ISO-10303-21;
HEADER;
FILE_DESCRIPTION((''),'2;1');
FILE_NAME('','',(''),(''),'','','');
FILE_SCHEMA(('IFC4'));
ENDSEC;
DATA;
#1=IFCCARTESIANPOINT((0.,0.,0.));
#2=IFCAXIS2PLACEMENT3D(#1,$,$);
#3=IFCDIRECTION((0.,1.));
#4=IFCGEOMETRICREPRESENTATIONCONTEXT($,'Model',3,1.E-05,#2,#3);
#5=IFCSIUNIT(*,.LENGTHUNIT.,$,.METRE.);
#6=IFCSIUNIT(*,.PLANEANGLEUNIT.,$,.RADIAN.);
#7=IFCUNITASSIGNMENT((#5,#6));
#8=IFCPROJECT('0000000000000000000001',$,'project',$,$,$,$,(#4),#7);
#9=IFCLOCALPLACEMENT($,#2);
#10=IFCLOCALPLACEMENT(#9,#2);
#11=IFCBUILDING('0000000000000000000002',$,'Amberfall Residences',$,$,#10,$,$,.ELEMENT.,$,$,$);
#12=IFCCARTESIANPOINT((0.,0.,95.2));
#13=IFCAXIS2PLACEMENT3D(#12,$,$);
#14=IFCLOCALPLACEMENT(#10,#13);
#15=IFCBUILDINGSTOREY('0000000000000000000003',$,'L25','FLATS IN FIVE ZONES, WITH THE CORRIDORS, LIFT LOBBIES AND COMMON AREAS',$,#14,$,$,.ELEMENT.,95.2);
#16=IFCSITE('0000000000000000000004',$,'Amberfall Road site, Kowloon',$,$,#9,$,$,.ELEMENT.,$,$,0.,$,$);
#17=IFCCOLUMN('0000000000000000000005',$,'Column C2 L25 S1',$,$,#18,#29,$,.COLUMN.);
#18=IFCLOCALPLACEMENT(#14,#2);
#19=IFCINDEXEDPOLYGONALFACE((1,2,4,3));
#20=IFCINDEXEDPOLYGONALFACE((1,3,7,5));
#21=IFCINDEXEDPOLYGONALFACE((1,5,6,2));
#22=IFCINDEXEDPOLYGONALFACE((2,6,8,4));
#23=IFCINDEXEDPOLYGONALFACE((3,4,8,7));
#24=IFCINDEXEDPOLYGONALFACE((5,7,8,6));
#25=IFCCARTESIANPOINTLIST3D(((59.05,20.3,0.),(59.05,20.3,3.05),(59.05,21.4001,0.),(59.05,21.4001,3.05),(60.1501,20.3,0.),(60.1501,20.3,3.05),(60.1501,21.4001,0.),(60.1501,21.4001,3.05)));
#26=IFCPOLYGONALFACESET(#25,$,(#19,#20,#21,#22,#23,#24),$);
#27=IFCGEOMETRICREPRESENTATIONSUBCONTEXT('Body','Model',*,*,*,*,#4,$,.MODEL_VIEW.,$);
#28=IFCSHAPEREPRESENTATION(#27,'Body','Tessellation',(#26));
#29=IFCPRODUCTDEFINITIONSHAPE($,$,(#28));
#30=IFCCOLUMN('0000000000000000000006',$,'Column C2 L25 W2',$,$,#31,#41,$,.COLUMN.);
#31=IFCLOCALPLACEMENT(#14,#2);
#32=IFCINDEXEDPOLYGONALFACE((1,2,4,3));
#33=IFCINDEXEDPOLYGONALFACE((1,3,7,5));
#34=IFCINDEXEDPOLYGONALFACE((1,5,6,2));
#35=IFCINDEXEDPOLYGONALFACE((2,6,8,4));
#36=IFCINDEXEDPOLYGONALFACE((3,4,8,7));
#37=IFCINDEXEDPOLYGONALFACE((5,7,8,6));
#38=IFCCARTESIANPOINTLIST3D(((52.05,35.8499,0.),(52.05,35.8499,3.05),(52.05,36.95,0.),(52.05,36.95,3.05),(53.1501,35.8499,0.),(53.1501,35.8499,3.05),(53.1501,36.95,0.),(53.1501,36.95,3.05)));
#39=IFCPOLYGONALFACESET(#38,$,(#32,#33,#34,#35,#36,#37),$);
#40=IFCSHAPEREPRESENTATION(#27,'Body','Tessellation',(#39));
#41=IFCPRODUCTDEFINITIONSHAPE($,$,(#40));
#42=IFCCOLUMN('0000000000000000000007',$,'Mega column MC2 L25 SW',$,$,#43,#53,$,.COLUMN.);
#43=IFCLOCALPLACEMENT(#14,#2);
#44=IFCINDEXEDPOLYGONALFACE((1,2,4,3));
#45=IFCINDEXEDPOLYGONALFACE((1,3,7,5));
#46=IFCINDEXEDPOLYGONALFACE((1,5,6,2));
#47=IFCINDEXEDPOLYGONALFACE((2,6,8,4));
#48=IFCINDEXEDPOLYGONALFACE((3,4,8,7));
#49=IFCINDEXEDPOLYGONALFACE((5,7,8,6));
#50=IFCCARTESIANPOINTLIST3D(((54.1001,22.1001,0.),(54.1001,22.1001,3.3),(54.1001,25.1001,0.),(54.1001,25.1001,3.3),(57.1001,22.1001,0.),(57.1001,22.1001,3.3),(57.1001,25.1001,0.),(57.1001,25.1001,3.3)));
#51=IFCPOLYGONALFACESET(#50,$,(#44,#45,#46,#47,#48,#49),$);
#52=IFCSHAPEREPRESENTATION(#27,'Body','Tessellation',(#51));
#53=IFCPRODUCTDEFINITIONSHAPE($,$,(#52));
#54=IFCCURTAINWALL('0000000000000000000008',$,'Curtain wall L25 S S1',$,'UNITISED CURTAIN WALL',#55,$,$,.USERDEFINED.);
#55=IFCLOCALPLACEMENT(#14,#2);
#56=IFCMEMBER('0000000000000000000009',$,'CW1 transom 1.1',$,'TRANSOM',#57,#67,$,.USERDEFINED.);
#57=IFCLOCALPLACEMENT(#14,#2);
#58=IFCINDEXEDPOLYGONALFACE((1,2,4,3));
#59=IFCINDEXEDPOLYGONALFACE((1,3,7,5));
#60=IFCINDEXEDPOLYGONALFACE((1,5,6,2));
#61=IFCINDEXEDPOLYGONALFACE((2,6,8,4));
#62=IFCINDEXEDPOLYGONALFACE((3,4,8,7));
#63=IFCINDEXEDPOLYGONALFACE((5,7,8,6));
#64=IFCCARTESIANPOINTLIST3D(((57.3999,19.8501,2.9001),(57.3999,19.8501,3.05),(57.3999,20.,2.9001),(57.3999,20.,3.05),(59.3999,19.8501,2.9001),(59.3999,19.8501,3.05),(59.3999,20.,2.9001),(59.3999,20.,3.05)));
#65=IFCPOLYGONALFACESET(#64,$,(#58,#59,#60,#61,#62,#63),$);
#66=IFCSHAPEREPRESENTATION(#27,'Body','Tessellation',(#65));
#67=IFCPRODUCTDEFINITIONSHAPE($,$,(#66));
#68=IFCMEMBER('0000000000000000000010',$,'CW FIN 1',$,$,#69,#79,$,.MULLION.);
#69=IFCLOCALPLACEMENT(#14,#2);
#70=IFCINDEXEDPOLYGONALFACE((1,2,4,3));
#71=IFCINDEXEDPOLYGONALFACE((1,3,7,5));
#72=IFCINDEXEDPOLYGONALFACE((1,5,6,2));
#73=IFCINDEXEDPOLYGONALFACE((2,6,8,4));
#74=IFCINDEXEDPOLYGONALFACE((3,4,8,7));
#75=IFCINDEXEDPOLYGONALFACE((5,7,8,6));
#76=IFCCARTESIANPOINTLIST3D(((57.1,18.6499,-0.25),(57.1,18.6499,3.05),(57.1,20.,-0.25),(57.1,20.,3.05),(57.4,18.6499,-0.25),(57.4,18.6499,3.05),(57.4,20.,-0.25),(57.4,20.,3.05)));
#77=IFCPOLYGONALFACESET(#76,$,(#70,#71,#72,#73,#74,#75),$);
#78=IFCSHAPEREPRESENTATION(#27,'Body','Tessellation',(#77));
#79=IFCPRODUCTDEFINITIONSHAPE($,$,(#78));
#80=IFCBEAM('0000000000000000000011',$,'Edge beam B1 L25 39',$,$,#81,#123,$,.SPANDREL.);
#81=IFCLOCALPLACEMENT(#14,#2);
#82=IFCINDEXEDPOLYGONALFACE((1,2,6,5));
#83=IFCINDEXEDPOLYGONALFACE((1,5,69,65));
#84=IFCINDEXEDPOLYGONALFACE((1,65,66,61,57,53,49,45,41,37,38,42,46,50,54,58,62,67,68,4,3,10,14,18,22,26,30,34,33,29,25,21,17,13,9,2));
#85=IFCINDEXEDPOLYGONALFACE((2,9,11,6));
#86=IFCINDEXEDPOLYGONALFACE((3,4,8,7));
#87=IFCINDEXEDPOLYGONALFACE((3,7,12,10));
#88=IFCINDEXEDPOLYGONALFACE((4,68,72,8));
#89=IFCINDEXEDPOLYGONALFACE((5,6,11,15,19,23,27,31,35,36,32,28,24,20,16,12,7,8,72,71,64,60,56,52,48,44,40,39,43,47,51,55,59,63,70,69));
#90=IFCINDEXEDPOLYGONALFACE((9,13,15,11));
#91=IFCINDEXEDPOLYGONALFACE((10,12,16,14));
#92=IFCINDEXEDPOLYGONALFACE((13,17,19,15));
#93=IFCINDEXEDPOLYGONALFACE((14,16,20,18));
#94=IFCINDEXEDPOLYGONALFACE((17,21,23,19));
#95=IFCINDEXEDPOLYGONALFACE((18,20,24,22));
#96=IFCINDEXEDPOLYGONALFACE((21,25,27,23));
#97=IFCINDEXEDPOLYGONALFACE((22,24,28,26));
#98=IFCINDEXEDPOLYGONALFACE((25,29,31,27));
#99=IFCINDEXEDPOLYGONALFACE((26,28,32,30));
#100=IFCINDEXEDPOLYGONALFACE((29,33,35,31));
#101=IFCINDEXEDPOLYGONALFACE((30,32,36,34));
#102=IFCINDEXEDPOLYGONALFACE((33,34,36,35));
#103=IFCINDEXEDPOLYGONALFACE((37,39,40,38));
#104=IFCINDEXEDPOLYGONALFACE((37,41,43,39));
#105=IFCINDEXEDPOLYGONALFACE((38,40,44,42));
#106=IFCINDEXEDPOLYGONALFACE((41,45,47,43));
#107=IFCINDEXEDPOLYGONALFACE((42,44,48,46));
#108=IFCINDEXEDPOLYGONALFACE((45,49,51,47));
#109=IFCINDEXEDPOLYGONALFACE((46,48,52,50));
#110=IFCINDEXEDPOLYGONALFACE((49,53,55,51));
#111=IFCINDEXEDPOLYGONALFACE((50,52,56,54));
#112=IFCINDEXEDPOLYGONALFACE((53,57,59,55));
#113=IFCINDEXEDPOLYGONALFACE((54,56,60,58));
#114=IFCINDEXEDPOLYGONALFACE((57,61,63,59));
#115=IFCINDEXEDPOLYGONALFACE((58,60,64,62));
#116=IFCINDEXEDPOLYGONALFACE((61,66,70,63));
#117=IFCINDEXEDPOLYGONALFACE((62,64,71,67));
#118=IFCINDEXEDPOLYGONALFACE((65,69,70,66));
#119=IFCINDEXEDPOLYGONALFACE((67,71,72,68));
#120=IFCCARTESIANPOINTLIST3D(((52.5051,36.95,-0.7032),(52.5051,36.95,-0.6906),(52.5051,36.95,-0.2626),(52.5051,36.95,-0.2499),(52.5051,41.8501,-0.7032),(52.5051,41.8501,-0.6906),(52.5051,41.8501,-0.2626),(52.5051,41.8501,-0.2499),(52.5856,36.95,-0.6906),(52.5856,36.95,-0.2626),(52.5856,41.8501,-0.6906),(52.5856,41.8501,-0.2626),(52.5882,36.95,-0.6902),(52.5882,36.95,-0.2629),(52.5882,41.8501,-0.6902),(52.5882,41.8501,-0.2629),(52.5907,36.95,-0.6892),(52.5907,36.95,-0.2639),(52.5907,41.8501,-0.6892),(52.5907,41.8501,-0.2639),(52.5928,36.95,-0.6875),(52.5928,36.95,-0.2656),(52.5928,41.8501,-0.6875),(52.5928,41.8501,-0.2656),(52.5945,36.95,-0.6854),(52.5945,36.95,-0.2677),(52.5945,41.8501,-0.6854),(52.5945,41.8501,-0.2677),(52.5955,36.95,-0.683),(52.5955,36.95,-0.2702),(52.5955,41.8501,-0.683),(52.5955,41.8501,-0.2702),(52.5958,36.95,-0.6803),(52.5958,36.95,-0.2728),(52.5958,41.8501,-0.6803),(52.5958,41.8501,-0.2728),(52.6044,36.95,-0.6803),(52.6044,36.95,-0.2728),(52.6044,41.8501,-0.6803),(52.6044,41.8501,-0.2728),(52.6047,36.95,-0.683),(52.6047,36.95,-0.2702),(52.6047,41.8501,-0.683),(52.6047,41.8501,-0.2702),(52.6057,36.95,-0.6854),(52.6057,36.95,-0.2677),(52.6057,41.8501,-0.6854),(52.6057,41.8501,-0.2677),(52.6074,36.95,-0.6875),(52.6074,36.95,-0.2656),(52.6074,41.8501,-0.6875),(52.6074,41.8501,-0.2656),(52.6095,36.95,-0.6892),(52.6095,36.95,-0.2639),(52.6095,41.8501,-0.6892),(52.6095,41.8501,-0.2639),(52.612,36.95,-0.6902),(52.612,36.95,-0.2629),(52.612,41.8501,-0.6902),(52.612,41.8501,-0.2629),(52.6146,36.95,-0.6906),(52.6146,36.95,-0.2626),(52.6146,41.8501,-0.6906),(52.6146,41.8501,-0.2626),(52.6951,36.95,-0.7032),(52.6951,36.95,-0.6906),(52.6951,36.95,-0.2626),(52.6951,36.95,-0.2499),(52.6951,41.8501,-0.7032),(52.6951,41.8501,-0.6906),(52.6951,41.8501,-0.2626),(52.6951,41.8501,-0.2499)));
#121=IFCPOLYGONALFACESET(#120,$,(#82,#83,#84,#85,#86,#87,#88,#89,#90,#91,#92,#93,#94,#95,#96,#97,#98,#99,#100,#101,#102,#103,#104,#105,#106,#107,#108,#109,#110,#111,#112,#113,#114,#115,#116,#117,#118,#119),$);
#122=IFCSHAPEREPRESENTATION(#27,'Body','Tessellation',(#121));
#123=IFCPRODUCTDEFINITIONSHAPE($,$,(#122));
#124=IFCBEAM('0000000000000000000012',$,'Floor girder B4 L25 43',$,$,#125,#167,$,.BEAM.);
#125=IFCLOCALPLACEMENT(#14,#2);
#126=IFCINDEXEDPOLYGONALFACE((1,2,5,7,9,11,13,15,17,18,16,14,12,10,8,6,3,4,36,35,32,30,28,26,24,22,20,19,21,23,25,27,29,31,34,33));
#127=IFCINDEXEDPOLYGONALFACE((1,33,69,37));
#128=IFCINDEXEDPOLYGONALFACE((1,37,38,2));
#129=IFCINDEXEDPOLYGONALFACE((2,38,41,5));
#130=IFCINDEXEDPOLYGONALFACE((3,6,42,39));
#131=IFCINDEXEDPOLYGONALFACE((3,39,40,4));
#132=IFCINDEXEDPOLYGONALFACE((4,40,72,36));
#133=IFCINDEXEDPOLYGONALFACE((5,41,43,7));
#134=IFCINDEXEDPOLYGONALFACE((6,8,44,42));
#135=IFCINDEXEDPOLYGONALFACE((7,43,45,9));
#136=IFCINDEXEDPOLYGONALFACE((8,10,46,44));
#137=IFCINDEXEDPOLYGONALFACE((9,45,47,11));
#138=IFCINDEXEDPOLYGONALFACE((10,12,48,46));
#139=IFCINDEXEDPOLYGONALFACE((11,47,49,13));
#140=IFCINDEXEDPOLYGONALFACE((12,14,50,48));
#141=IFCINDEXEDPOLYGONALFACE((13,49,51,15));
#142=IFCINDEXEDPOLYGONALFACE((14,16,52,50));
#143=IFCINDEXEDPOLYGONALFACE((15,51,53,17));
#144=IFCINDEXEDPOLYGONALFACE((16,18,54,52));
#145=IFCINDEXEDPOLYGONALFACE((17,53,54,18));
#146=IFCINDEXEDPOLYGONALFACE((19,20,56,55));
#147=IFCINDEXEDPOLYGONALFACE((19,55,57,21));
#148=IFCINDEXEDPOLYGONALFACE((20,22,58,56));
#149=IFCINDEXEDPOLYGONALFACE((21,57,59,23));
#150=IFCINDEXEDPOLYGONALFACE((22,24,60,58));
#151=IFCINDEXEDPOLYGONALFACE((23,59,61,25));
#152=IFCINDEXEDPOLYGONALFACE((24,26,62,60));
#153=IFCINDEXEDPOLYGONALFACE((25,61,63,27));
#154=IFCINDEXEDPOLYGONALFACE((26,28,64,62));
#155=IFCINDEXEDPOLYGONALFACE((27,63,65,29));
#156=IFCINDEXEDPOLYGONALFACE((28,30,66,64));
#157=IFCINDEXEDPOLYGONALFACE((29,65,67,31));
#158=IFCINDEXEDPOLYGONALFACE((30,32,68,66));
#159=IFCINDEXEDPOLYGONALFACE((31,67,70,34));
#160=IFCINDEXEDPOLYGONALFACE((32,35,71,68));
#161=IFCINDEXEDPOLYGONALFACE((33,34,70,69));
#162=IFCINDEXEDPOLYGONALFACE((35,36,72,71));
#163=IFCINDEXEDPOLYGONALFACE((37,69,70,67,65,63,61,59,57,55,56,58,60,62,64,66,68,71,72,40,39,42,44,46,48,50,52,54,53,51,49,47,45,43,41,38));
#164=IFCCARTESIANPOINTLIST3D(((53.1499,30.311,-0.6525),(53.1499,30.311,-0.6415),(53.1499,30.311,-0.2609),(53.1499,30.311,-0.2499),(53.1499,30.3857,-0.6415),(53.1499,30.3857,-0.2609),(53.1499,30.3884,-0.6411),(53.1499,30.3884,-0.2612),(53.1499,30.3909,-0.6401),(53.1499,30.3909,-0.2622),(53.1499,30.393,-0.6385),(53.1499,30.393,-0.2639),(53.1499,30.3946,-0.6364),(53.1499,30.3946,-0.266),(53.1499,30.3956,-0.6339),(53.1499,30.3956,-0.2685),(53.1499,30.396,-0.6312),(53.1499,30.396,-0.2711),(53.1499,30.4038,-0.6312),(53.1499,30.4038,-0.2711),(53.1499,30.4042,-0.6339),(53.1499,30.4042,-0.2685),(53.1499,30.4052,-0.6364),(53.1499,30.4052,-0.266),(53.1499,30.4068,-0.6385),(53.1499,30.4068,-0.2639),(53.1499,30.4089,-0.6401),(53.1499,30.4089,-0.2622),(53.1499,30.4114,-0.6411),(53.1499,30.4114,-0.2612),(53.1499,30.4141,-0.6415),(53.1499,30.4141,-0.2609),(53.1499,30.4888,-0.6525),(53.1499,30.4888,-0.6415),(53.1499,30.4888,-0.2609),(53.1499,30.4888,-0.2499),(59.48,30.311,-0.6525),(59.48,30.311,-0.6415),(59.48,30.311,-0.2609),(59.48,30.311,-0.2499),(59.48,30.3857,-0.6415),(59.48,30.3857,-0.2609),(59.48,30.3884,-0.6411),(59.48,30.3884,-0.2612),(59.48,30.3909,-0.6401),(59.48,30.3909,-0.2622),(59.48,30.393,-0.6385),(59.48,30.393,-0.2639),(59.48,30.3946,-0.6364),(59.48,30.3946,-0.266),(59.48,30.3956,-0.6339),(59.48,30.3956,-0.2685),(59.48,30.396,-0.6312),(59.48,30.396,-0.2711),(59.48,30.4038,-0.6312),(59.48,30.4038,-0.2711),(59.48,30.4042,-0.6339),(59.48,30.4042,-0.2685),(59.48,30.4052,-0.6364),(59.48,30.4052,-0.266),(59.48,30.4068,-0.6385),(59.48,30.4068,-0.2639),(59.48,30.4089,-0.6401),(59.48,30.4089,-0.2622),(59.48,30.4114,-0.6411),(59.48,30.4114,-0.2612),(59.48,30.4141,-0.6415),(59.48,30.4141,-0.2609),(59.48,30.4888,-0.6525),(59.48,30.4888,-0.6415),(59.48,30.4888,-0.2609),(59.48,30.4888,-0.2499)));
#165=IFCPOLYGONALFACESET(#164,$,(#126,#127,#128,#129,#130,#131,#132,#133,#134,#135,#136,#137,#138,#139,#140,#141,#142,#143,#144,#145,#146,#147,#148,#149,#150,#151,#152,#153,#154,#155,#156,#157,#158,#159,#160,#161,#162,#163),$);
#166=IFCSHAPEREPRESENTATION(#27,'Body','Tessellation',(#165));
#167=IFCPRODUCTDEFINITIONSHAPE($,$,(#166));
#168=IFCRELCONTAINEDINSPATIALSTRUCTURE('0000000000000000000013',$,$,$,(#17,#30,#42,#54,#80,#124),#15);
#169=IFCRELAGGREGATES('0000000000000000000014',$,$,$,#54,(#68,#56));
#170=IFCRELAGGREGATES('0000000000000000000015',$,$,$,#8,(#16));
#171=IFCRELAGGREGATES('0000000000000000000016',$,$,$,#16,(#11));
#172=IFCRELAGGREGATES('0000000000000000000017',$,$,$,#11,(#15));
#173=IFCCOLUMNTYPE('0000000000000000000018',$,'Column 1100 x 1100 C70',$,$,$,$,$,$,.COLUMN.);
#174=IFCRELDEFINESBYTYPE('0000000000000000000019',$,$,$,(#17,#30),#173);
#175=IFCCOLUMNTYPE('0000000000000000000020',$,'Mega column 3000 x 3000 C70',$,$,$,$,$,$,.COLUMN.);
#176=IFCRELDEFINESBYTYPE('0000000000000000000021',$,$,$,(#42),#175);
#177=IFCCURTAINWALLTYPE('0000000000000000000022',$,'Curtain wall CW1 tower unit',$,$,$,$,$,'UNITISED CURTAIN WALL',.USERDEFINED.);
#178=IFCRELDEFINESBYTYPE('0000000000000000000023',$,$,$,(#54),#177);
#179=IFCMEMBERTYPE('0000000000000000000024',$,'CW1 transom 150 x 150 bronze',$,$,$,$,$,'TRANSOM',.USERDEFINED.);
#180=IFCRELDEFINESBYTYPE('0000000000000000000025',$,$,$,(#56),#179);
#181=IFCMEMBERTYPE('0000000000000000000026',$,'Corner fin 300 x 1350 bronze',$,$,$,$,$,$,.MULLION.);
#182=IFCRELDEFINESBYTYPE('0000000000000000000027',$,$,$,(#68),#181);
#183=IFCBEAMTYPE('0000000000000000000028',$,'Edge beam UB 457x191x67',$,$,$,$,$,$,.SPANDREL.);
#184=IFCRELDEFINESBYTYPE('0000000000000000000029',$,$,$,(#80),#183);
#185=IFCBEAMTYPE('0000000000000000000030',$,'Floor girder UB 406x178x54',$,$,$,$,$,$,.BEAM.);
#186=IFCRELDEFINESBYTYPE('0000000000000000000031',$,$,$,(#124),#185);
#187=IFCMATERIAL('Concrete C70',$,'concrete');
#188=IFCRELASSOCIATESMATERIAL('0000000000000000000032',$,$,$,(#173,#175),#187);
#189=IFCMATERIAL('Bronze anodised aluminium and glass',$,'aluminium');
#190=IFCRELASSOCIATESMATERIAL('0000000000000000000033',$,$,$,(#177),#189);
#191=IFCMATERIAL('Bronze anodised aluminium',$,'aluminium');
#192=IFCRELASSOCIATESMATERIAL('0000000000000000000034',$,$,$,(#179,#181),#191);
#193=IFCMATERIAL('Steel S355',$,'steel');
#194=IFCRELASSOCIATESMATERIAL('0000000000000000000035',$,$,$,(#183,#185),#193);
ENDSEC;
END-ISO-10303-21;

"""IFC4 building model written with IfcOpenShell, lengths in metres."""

from ifc_helpers import new_model, si_unit, direction, frame, origin, origin_2d, place, context, subcontext, project, spatial, rectangle, i_section, extrude, material, material_profile, profile_set, type_object, element, aggregate, save


model = new_model("IFC4")

# Units and contexts
model_context = context("Model", 3, precision=1e-05, world=origin(), true_north=direction((0.0, 1.0)))
body_context = subcontext(model_context, "Body", "Model", "MODEL_VIEW")
ifc_project = project(units=[si_unit("LENGTHUNIT", "METRE"), si_unit("PLANEANGLEUNIT", "RADIAN")], contexts=[model_context])

# Site, building, storey
site_placement = place(None, origin())
site = spatial("IfcSite", under=ifc_project, at=site_placement, Name="Amberfall Road site, Kowloon", CompositionType="ELEMENT", RefElevation=0.0)
building_placement = place(site_placement, origin())
building = spatial("IfcBuilding", under=site, at=building_placement, Name="Amberfall Residences", CompositionType="ELEMENT")
storey_placement = place(building_placement, frame((0.0, 0.0, 95.2)))
storey = spatial("IfcBuildingStorey", under=building, at=storey_placement, Name="L25", Description="FLATS IN FIVE ZONES, WITH THE CORRIDORS, LIFT LOBBIES AND COMMON AREAS", CompositionType="ELEMENT", Elevation=95.2)

# Columns
ifc_material_1 = material(Name="Concrete C70", Category="concrete")
ifc_material_profile_1 = material_profile(ifc_material_1, rectangle(XDim=1.1001, YDim=1.1001, at=origin_2d()), Name="Column 1100 x 1100 C70")
ifc_profile_set_1 = profile_set([ifc_material_profile_1], Name="Concrete C70")
column_type_1 = type_object("IfcColumnType", Name="Column 1100 x 1100 C70", PredefinedType="COLUMN", material=ifc_profile_set_1)
for number, where, z_axis, x_axis, name in (
    (1, (59.6001, 20.8501, 0.0), (0.0, 0.0, 1.0), (1.0, 0.0, 0.0), "Column C2 L25 S1"),
    (2, (52.6001, 36.3999, 0.0), (0.0, 0.0, 1.0), (1.0, 0.0, 0.0), "Column C2 L25 W2"),
):
    element("IfcColumn", number, at=place(storey_placement, frame(where, z_axis=z_axis, x_axis=x_axis)), inside=storey, type_object=column_type_1, Name=name, PredefinedType="COLUMN", context=body_context, shape_type="SweptSolid", body=[
        extrude(rectangle(XDim=1.1001, YDim=1.1001, at=origin_2d()), origin(), (0.0, 0.0, 1.0), 3.05),
    ])
ifc_material_profile_2 = material_profile(ifc_material_1, rectangle(XDim=3.0, YDim=3.0, at=origin_2d()), Name="Mega column 3000 x 3000 C70")
ifc_profile_set_2 = profile_set([ifc_material_profile_2], Name="Concrete C70")
column_type_2 = type_object("IfcColumnType", Name="Mega column 3000 x 3000 C70", PredefinedType="COLUMN", material=ifc_profile_set_2)
column_placement = place(storey_placement, frame((55.6001, 23.6001, 0.0), z_axis=(0.0, 0.0, 1.0), x_axis=(1.0, 0.0, 0.0)))
element("IfcColumn", 3, at=column_placement, inside=storey, type_object=column_type_2, Name="Mega column MC2 L25 SW", PredefinedType="COLUMN", context=body_context, shape_type="SweptSolid", body=[
    extrude(rectangle(XDim=3.0, YDim=3.0, at=origin_2d()), origin(), (0.0, 0.0, 1.0), 3.3),
])

# Curtain wall, members
ifc_material_2 = material(Name="Bronze anodised aluminium and glass", Category="aluminium")
curtain_wall_type = type_object("IfcCurtainWallType", Name="Curtain wall CW1 tower unit", ElementType="UNITISED CURTAIN WALL", PredefinedType="USERDEFINED", material=ifc_material_2)
curtain_wall_placement = place(storey_placement, origin())
curtain_wall = element("IfcCurtainWall", 4, at=curtain_wall_placement, inside=storey, type_object=curtain_wall_type, Name="Curtain wall L25 S S1", ObjectType="UNITISED CURTAIN WALL", PredefinedType="USERDEFINED")
ifc_material_3 = material(Name="Bronze anodised aluminium", Category="aluminium")
ifc_material_profile_3 = material_profile(ifc_material_3, rectangle(XDim=0.1499, YDim=0.1499, at=origin_2d()), Name="CW1 transom 150 x 150 bronze")
ifc_profile_set_3 = profile_set([ifc_material_profile_3], Name="Bronze anodised aluminium")
member_type_1 = type_object("IfcMemberType", Name="CW1 transom 150 x 150 bronze", ElementType="TRANSOM", PredefinedType="USERDEFINED", material=ifc_profile_set_3)
member_1_placement = place(storey_placement, frame((57.3999, 19.925, 2.9751), z_axis=(1.0, 0.0, 0.0), x_axis=(0.0, 1.0, 0.0)))
member_1 = element("IfcMember", 5, at=member_1_placement, type_object=member_type_1, Name="CW1 transom 1.1", ObjectType="TRANSOM", PredefinedType="USERDEFINED", context=body_context, shape_type="SweptSolid", body=[
    extrude(rectangle(XDim=0.1499, YDim=0.1499, at=origin_2d()), origin(), (0.0, 0.0, 1.0), 2.0),
])
ifc_material_profile_4 = material_profile(ifc_material_3, rectangle(XDim=1.3501, YDim=0.3, at=origin_2d()), Name="Corner fin 300 x 1350 bronze")
ifc_profile_set_4 = profile_set([ifc_material_profile_4], Name="Bronze anodised aluminium")
member_type_2 = type_object("IfcMemberType", Name="Corner fin 300 x 1350 bronze", PredefinedType="MULLION", material=ifc_profile_set_4)
member_2_placement = place(storey_placement, frame((57.25, 19.325, -0.25), z_axis=(0.0, 0.0, 1.0), x_axis=(0.0, 1.0, 0.0)))
member_2 = element("IfcMember", 6, at=member_2_placement, type_object=member_type_2, Name="CW FIN 1", PredefinedType="MULLION", context=body_context, shape_type="SweptSolid", body=[
    extrude(rectangle(XDim=1.3501, YDim=0.3, at=origin_2d()), origin(), (0.0, 0.0, 1.0), 3.3),
])

# Beams
ifc_material_4 = material(Name="Steel S355", Category="steel")
ifc_material_profile_5 = material_profile(ifc_material_4, i_section(OverallWidth=0.1899, OverallDepth=0.4534, WebThickness=0.0085, FlangeThickness=0.0127, FilletRadius=0.0103, at=origin_2d()), Name="UB 457x191x67")
ifc_profile_set_5 = profile_set([ifc_material_profile_5], Name="Steel S355")
beam_type_1 = type_object("IfcBeamType", Name="Edge beam UB 457x191x67", PredefinedType="SPANDREL", material=ifc_profile_set_5)
beam_1_placement = place(storey_placement, frame((52.6001, 36.95, -0.4766), z_axis=(0.0, 1.0, 0.0), x_axis=(-1.0, 0.0, 0.0)))
element("IfcBeam", 7, at=beam_1_placement, inside=storey, type_object=beam_type_1, Name="Edge beam B1 L25 39", PredefinedType="SPANDREL", context=body_context, shape_type="SweptSolid", body=[
    extrude(i_section(OverallWidth=0.1899, OverallDepth=0.4534, WebThickness=0.0085, FlangeThickness=0.0127, FilletRadius=0.0103, at=origin_2d()), origin(), (0.0, 0.0, 1.0), 4.9001),
])
ifc_material_profile_6 = material_profile(ifc_material_4, i_section(OverallWidth=0.1777, OverallDepth=0.4026, WebThickness=0.0078, FlangeThickness=0.011, FilletRadius=0.0103, at=origin_2d()), Name="UB 406x178x54")
ifc_profile_set_6 = profile_set([ifc_material_profile_6], Name="Steel S355")
beam_type_2 = type_object("IfcBeamType", Name="Floor girder UB 406x178x54", PredefinedType="BEAM", material=ifc_profile_set_6)
beam_2_placement = place(storey_placement, frame((53.1499, 30.3999, -0.4512), z_axis=(1.0, 0.0, 0.0), x_axis=(0.0, 1.0, 0.0)))
element("IfcBeam", 8, at=beam_2_placement, inside=storey, type_object=beam_type_2, Name="Floor girder B4 L25 43", PredefinedType="BEAM", context=body_context, shape_type="SweptSolid", body=[
    extrude(i_section(OverallWidth=0.1777, OverallDepth=0.4026, WebThickness=0.0078, FlangeThickness=0.011, FilletRadius=0.0103, at=origin_2d()), origin(), (0.0, 0.0, 1.0), 6.3301),
])

aggregate(curtain_wall, [member_2, member_1])

save(model, "model.ifc")
